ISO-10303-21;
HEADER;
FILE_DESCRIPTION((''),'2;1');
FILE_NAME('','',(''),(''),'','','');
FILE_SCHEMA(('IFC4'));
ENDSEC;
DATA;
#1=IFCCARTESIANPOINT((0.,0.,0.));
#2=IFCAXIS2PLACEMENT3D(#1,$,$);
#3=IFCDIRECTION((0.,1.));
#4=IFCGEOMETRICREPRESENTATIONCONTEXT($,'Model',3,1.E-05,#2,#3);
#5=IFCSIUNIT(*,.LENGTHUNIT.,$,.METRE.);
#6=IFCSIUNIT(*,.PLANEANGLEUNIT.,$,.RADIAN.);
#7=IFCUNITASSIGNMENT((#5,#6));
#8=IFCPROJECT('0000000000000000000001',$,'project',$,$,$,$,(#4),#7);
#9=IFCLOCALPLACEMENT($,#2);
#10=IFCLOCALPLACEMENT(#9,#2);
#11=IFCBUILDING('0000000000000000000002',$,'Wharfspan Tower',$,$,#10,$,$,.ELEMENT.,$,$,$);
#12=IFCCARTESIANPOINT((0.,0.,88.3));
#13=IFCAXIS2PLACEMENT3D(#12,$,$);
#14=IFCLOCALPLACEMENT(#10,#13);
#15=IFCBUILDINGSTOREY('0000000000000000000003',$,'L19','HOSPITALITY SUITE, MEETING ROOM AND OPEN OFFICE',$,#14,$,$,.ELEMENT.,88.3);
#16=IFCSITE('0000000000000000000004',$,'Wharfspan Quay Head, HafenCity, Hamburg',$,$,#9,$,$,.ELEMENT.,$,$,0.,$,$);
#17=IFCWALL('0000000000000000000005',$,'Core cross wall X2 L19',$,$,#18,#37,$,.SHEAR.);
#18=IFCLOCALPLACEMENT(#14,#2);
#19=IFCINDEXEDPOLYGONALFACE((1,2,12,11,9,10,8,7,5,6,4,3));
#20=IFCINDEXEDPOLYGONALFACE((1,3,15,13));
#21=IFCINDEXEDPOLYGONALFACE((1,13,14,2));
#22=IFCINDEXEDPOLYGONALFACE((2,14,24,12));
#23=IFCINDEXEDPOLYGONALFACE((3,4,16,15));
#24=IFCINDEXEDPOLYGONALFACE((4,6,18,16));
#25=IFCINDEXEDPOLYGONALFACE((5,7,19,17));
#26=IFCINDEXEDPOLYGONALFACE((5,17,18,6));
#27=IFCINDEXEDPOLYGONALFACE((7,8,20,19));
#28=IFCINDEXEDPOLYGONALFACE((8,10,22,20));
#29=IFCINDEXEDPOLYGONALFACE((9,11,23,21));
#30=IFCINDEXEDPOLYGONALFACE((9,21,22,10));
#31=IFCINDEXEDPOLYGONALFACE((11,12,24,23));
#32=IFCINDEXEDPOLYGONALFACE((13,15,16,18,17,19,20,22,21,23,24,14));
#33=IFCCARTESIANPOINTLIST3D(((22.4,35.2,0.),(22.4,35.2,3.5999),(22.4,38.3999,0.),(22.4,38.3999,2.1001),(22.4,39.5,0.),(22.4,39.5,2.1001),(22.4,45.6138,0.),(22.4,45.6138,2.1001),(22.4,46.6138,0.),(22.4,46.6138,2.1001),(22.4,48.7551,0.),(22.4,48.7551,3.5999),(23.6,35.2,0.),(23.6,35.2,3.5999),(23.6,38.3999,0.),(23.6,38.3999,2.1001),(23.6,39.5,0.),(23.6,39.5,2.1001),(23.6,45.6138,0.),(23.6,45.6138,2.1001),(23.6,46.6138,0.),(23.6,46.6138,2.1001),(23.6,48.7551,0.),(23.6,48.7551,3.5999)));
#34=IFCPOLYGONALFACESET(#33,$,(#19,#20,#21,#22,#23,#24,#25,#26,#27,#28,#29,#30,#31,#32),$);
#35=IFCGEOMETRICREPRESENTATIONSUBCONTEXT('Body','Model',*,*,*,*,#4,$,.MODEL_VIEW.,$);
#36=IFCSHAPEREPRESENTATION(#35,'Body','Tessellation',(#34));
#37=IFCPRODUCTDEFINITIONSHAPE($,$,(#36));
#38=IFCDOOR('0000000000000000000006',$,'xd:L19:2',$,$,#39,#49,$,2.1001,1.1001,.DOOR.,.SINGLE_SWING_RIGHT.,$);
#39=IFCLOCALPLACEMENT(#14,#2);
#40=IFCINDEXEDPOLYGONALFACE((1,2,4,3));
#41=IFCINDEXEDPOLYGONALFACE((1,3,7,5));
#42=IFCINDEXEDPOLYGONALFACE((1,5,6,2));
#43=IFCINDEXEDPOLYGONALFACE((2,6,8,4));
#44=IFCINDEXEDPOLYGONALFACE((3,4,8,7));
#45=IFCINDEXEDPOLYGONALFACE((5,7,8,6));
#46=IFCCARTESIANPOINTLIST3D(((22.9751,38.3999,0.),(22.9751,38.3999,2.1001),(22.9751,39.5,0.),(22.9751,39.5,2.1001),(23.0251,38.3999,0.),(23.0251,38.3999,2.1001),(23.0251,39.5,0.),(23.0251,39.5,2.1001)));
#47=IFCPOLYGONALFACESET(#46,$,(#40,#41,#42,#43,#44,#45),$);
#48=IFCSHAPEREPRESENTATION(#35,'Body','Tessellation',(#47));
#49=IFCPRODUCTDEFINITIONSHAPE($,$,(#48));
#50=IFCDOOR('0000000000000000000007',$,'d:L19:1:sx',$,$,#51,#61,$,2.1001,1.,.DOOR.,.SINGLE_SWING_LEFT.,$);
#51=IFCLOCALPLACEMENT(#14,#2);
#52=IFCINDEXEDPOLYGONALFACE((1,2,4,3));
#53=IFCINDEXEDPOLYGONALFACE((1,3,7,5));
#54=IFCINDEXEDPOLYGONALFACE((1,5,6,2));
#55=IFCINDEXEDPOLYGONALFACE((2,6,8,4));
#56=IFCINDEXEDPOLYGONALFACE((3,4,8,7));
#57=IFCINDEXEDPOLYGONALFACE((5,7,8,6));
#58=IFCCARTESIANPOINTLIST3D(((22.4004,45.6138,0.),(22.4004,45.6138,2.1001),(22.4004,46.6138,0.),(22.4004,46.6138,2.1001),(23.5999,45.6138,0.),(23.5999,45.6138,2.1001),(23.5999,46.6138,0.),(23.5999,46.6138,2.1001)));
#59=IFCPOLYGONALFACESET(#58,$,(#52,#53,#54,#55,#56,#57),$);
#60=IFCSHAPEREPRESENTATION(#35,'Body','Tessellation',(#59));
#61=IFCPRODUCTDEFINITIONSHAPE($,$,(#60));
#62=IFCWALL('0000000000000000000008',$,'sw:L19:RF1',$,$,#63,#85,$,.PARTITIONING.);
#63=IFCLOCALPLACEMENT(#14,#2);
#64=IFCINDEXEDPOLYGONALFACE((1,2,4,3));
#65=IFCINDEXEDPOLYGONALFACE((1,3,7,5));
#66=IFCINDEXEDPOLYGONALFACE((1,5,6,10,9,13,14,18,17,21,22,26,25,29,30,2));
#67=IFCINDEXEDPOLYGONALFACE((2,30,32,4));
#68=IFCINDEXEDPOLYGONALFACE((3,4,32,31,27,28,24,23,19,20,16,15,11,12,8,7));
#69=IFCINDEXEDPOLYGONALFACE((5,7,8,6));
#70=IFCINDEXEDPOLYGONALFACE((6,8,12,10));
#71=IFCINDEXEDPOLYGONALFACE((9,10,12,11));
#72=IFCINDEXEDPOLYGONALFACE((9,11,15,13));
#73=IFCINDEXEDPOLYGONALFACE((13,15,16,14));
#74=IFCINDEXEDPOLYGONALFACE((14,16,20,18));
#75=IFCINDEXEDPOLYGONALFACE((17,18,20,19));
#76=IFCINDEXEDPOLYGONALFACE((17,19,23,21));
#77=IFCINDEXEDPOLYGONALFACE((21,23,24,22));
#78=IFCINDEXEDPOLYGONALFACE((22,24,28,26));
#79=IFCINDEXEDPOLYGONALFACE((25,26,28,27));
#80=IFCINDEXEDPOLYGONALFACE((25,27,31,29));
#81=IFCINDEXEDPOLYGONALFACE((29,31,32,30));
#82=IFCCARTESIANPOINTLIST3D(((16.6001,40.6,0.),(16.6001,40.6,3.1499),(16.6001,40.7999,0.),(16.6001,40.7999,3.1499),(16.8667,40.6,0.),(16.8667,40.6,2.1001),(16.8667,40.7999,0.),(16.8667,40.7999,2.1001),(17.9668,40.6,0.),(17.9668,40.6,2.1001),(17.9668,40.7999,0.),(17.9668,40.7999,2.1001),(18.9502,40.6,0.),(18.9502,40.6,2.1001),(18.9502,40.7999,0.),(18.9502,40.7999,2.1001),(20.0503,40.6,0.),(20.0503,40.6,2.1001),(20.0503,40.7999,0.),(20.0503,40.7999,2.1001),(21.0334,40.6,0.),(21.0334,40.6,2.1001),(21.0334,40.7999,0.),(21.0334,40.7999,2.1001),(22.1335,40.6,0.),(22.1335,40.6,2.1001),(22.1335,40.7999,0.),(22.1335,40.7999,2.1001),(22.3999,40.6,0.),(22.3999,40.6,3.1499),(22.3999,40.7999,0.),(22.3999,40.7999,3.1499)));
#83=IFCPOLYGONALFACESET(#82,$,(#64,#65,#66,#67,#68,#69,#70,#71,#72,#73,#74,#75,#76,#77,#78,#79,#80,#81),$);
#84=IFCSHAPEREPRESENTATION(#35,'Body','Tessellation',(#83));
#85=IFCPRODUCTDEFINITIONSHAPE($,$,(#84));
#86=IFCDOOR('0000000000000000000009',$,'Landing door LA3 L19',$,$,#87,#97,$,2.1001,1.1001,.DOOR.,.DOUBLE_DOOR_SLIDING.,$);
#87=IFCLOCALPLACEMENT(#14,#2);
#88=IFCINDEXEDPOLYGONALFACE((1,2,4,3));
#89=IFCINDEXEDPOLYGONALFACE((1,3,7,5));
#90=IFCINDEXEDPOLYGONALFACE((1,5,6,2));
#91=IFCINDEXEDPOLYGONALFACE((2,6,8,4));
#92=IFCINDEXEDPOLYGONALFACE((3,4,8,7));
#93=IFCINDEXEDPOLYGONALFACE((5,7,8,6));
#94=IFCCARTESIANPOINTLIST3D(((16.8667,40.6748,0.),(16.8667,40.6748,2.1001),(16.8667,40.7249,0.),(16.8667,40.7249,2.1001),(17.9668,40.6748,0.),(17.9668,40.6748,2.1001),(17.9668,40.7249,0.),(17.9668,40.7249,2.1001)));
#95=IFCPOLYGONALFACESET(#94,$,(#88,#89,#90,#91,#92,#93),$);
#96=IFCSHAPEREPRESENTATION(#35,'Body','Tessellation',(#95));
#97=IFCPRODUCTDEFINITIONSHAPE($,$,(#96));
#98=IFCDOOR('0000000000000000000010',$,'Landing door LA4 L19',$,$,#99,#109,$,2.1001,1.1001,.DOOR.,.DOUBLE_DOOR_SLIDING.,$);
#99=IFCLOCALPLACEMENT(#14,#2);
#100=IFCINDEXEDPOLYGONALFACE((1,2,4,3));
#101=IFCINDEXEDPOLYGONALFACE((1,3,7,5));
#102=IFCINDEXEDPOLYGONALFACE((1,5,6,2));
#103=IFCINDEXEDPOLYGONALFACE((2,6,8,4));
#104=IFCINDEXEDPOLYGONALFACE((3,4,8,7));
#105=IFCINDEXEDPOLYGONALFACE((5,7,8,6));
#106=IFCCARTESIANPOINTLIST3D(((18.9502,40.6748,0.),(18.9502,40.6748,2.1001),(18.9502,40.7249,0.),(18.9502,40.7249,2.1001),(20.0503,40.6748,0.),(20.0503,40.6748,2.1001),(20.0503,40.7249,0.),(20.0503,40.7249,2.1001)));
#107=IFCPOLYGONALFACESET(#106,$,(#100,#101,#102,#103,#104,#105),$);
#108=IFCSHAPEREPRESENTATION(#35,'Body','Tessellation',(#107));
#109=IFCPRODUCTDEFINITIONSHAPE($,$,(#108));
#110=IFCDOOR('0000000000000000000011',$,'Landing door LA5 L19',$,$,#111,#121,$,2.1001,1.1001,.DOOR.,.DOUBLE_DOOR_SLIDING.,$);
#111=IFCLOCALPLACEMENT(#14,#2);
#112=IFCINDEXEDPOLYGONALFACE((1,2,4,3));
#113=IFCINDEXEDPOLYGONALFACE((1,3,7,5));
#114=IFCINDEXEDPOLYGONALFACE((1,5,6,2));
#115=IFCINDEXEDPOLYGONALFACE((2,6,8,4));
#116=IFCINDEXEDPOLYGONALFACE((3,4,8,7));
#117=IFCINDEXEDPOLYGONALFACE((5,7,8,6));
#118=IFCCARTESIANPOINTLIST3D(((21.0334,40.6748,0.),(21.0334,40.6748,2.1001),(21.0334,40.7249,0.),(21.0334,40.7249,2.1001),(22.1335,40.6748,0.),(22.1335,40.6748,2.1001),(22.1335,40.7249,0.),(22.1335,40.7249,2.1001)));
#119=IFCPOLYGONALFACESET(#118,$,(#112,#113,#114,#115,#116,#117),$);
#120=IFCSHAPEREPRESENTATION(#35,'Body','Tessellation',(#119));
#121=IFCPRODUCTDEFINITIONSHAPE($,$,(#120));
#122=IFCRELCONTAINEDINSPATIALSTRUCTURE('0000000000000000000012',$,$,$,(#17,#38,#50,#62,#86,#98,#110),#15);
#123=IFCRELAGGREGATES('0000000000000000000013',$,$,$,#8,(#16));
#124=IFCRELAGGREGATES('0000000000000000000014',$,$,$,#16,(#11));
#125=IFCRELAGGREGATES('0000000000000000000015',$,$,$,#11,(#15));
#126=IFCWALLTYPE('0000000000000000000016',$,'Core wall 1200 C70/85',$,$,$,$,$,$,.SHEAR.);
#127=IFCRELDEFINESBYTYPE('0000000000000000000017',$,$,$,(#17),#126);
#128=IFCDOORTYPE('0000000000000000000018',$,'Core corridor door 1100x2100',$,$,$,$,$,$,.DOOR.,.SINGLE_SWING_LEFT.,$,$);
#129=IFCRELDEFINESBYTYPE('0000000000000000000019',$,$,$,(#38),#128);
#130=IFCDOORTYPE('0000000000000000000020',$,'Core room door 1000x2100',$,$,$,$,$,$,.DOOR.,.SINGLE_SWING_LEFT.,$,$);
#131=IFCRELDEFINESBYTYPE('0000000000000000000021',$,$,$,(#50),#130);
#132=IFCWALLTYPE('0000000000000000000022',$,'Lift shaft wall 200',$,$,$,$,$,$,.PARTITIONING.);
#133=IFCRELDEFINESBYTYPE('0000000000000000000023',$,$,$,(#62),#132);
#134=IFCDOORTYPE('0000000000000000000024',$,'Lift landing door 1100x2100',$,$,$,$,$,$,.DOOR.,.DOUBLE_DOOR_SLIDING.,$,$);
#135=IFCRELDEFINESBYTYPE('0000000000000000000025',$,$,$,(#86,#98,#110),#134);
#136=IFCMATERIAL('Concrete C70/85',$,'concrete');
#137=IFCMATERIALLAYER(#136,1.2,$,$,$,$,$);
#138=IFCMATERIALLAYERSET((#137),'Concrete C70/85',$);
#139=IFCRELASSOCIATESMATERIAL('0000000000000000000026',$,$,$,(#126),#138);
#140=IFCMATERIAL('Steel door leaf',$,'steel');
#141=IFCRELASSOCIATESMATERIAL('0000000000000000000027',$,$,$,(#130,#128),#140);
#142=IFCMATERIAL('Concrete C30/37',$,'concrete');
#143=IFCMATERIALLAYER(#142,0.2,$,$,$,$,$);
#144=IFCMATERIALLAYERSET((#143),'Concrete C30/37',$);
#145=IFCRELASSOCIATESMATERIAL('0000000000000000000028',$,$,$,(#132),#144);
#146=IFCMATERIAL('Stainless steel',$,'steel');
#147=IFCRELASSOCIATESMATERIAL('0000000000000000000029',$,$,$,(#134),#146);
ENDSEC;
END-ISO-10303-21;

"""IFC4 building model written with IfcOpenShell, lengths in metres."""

from ifc_helpers import new_model, si_unit, direction, frame, frame_2d, origin, place, context, subcontext, project, spatial, rectangle, extrude, material, layer, layer_set, type_object, element, fill, save


model = new_model("IFC4")

# Units and contexts
model_context = context("Model", 3, precision=1e-05, world=origin(), true_north=direction((0.0, 1.0)))
body_context = subcontext(model_context, "Body", "Model", "MODEL_VIEW")
ifc_project = project(units=[si_unit("LENGTHUNIT", "METRE"), si_unit("PLANEANGLEUNIT", "RADIAN")], contexts=[model_context])

# Site, building, storey
site_placement = place(None, origin())
site = spatial("IfcSite", under=ifc_project, at=site_placement, Name="Wharfspan Quay Head, HafenCity, Hamburg", CompositionType="ELEMENT", RefElevation=0.0)
building_placement = place(site_placement, origin())
building = spatial("IfcBuilding", under=site, at=building_placement, Name="Wharfspan Tower", CompositionType="ELEMENT")
storey_placement = place(building_placement, frame((0.0, 0.0, 88.3)))
storey = spatial("IfcBuildingStorey", under=building, at=storey_placement, Name="L19", Description="HOSPITALITY SUITE, MEETING ROOM AND OPEN OFFICE", CompositionType="ELEMENT", Elevation=88.3)

# Shared definitions
ifc_material_1 = material(Name="Concrete C70/85", Category="concrete")
ifc_layer_1 = layer(ifc_material_1, 1.2)
ifc_layer_set_1 = layer_set([ifc_layer_1], Name="Concrete C70/85")
wall_type_1 = type_object("IfcWallType", Name="Core wall 1200 C70/85", PredefinedType="SHEAR", material=ifc_layer_set_1)
ifc_material_2 = material(Name="Steel door leaf", Category="steel")
door_type_1 = type_object("IfcDoorType", Name="Core room door 1000x2100", OperationType="SINGLE_SWING_LEFT", PredefinedType="DOOR", material=ifc_material_2)

# Walls, openings, doors
wall_1_placement = place(storey_placement, frame((23.0, 35.2, 0.0), z_axis=(0.0, 0.0, 1.0), x_axis=(0.0, 1.0, 0.0)))
wall_1 = element("IfcWall", 1, at=wall_1_placement, inside=storey, type_object=wall_type_1, Name="Core cross wall X2 L19", PredefinedType="SHEAR", context=body_context, shape_type="SweptSolid", body=[
    extrude(rectangle(XDim=13.5552, YDim=1.2, at=frame_2d((6.7776, 0.0))), origin(), (0.0, 0.0, 1.0), 3.5999),
])
opening_1_placement = place(wall_1_placement, frame((10.4138, 0.0, 0.0)))
opening_1 = element("IfcOpeningElement", 2, at=opening_1_placement, cuts=wall_1, PredefinedType="OPENING", context=body_context, shape_type="SweptSolid", body=[
    extrude(rectangle(XDim=1.0, YDim=2.1001, at=frame_2d((0.5, 1.05))), frame((0.0, 0.6099, 0.0), z_axis=(0.0, -1.0, 0.0), x_axis=(1.0, 0.0, 0.0)), (0.0, 0.0, 1.0), 1.22),
])
opening_2_placement = place(wall_1_placement, frame((3.2, 0.0, 0.0)))
opening_2 = element("IfcOpeningElement", 3, at=opening_2_placement, cuts=wall_1, PredefinedType="OPENING", context=body_context, shape_type="SweptSolid", body=[
    extrude(rectangle(XDim=1.1001, YDim=2.1001, at=frame_2d((0.55, 1.05))), frame((0.0, 0.6099, 0.0), z_axis=(0.0, -1.0, 0.0), x_axis=(1.0, 0.0, 0.0)), (0.0, 0.0, 1.0), 1.22),
])
door_type_2 = type_object("IfcDoorType", Name="Core corridor door 1100x2100", OperationType="SINGLE_SWING_LEFT", PredefinedType="DOOR", material=ifc_material_2)
door_1_placement = place(opening_2_placement, origin())
door_1 = element("IfcDoor", 4, at=door_1_placement, inside=storey, type_object=door_type_2, Name="xd:L19:2", OperationType="SINGLE_SWING_RIGHT", OverallHeight=2.1001, OverallWidth=1.1001, PredefinedType="DOOR", context=body_context, shape_type="SweptSolid", body=[
    extrude(rectangle(XDim=1.1001, YDim=2.1001, at=frame_2d((0.55, 1.05))), frame((0.0, 0.0249, 0.0), z_axis=(0.0, -1.0, 0.0), x_axis=(1.0, 0.0, 0.0)), (0.0, 0.0, 1.0), 0.05),
])
fill(opening_2, door_1)
door_2_placement = place(opening_1_placement, origin())
door_2 = element("IfcDoor", 5, at=door_2_placement, inside=storey, type_object=door_type_1, Name="d:L19:1:sx", OperationType="SINGLE_SWING_LEFT", OverallHeight=2.1001, OverallWidth=1.0, PredefinedType="DOOR", context=body_context, shape_type="SweptSolid", body=[
    extrude(rectangle(XDim=1.0, YDim=2.1001, at=frame_2d((0.5, 1.05))), frame((0.0, 0.5996, 0.0), z_axis=(0.0, -1.0, 0.0), x_axis=(1.0, 0.0, 0.0)), (0.0, 0.0, 1.0), 1.1995),
])
fill(opening_1, door_2)
ifc_material_3 = material(Name="Concrete C30/37", Category="concrete")
ifc_layer_2 = layer(ifc_material_3, 0.2)
ifc_layer_set_2 = layer_set([ifc_layer_2], Name="Concrete C30/37")
wall_type_2 = type_object("IfcWallType", Name="Lift shaft wall 200", PredefinedType="PARTITIONING", material=ifc_layer_set_2)
wall_2_placement = place(storey_placement, frame((16.6001, 40.7, 0.0), z_axis=(0.0, 0.0, 1.0), x_axis=(1.0, 0.0, 0.0)))
wall_2 = element("IfcWall", 6, at=wall_2_placement, inside=storey, type_object=wall_type_2, Name="sw:L19:RF1", PredefinedType="PARTITIONING", context=body_context, shape_type="SweptSolid", body=[
    extrude(rectangle(XDim=5.7998, YDim=0.2, at=frame_2d((2.8999, 0.0))), origin(), (0.0, 0.0, 1.0), 3.1499),
])
opening_3_placement = place(wall_2_placement, frame((0.2666, 0.0, 0.0)))
opening_3 = element("IfcOpeningElement", 7, at=opening_3_placement, cuts=wall_2, PredefinedType="OPENING", context=body_context, shape_type="SweptSolid", body=[
    extrude(rectangle(XDim=1.1001, YDim=2.1001, at=frame_2d((0.55, 1.05))), frame((0.0, 0.1099, 0.0), z_axis=(0.0, -1.0, 0.0), x_axis=(1.0, 0.0, 0.0)), (0.0, 0.0, 1.0), 0.22),
])
opening_4_placement = place(wall_2_placement, frame((2.3501, 0.0, 0.0)))
opening_4 = element("IfcOpeningElement", 8, at=opening_4_placement, cuts=wall_2, PredefinedType="OPENING", context=body_context, shape_type="SweptSolid", body=[
    extrude(rectangle(XDim=1.1001, YDim=2.1001, at=frame_2d((0.55, 1.05))), frame((0.0, 0.1099, 0.0), z_axis=(0.0, -1.0, 0.0), x_axis=(1.0, 0.0, 0.0)), (0.0, 0.0, 1.0), 0.22),
])
opening_5_placement = place(wall_2_placement, frame((4.4333, 0.0, 0.0)))
opening_5 = element("IfcOpeningElement", 9, at=opening_5_placement, cuts=wall_2, PredefinedType="OPENING", context=body_context, shape_type="SweptSolid", body=[
    extrude(rectangle(XDim=1.1001, YDim=2.1001, at=frame_2d((0.55, 1.05))), frame((0.0, 0.1099, 0.0), z_axis=(0.0, -1.0, 0.0), x_axis=(1.0, 0.0, 0.0)), (0.0, 0.0, 1.0), 0.22),
])
ifc_material_4 = material(Name="Stainless steel", Category="steel")
door_type_3 = type_object("IfcDoorType", Name="Lift landing door 1100x2100", OperationType="DOUBLE_DOOR_SLIDING", PredefinedType="DOOR", material=ifc_material_4)
door_3_placement = place(opening_3_placement, origin())
door_3 = element("IfcDoor", 10, at=door_3_placement, inside=storey, type_object=door_type_3, Name="Landing door LA3 L19", OperationType="DOUBLE_DOOR_SLIDING", OverallHeight=2.1001, OverallWidth=1.1001, PredefinedType="DOOR", context=body_context, shape_type="SweptSolid", body=[
    extrude(rectangle(XDim=1.1001, YDim=2.1001, at=frame_2d((0.55, 1.05))), frame((0.0, 0.0249, 0.0), z_axis=(0.0, -1.0, 0.0), x_axis=(1.0, 0.0, 0.0)), (0.0, 0.0, 1.0), 0.05),
])
fill(opening_3, door_3)
door_4_placement = place(opening_4_placement, origin())
door_4 = element("IfcDoor", 11, at=door_4_placement, inside=storey, type_object=door_type_3, Name="Landing door LA4 L19", OperationType="DOUBLE_DOOR_SLIDING", OverallHeight=2.1001, OverallWidth=1.1001, PredefinedType="DOOR", context=body_context, shape_type="SweptSolid", body=[
    extrude(rectangle(XDim=1.1001, YDim=2.1001, at=frame_2d((0.55, 1.05))), frame((0.0, 0.0249, 0.0), z_axis=(0.0, -1.0, 0.0), x_axis=(1.0, 0.0, 0.0)), (0.0, 0.0, 1.0), 0.05),
])
fill(opening_4, door_4)
door_5_placement = place(opening_5_placement, origin())
door_5 = element("IfcDoor", 12, at=door_5_placement, inside=storey, type_object=door_type_3, Name="Landing door LA5 L19", OperationType="DOUBLE_DOOR_SLIDING", OverallHeight=2.1001, OverallWidth=1.1001, PredefinedType="DOOR", context=body_context, shape_type="SweptSolid", body=[
    extrude(rectangle(XDim=1.1001, YDim=2.1001, at=frame_2d((0.55, 1.05))), frame((0.0, 0.0249, 0.0), z_axis=(0.0, -1.0, 0.0), x_axis=(1.0, 0.0, 0.0)), (0.0, 0.0, 1.0), 0.05),
])
fill(opening_5, door_5)

save(model, "model.ifc")
